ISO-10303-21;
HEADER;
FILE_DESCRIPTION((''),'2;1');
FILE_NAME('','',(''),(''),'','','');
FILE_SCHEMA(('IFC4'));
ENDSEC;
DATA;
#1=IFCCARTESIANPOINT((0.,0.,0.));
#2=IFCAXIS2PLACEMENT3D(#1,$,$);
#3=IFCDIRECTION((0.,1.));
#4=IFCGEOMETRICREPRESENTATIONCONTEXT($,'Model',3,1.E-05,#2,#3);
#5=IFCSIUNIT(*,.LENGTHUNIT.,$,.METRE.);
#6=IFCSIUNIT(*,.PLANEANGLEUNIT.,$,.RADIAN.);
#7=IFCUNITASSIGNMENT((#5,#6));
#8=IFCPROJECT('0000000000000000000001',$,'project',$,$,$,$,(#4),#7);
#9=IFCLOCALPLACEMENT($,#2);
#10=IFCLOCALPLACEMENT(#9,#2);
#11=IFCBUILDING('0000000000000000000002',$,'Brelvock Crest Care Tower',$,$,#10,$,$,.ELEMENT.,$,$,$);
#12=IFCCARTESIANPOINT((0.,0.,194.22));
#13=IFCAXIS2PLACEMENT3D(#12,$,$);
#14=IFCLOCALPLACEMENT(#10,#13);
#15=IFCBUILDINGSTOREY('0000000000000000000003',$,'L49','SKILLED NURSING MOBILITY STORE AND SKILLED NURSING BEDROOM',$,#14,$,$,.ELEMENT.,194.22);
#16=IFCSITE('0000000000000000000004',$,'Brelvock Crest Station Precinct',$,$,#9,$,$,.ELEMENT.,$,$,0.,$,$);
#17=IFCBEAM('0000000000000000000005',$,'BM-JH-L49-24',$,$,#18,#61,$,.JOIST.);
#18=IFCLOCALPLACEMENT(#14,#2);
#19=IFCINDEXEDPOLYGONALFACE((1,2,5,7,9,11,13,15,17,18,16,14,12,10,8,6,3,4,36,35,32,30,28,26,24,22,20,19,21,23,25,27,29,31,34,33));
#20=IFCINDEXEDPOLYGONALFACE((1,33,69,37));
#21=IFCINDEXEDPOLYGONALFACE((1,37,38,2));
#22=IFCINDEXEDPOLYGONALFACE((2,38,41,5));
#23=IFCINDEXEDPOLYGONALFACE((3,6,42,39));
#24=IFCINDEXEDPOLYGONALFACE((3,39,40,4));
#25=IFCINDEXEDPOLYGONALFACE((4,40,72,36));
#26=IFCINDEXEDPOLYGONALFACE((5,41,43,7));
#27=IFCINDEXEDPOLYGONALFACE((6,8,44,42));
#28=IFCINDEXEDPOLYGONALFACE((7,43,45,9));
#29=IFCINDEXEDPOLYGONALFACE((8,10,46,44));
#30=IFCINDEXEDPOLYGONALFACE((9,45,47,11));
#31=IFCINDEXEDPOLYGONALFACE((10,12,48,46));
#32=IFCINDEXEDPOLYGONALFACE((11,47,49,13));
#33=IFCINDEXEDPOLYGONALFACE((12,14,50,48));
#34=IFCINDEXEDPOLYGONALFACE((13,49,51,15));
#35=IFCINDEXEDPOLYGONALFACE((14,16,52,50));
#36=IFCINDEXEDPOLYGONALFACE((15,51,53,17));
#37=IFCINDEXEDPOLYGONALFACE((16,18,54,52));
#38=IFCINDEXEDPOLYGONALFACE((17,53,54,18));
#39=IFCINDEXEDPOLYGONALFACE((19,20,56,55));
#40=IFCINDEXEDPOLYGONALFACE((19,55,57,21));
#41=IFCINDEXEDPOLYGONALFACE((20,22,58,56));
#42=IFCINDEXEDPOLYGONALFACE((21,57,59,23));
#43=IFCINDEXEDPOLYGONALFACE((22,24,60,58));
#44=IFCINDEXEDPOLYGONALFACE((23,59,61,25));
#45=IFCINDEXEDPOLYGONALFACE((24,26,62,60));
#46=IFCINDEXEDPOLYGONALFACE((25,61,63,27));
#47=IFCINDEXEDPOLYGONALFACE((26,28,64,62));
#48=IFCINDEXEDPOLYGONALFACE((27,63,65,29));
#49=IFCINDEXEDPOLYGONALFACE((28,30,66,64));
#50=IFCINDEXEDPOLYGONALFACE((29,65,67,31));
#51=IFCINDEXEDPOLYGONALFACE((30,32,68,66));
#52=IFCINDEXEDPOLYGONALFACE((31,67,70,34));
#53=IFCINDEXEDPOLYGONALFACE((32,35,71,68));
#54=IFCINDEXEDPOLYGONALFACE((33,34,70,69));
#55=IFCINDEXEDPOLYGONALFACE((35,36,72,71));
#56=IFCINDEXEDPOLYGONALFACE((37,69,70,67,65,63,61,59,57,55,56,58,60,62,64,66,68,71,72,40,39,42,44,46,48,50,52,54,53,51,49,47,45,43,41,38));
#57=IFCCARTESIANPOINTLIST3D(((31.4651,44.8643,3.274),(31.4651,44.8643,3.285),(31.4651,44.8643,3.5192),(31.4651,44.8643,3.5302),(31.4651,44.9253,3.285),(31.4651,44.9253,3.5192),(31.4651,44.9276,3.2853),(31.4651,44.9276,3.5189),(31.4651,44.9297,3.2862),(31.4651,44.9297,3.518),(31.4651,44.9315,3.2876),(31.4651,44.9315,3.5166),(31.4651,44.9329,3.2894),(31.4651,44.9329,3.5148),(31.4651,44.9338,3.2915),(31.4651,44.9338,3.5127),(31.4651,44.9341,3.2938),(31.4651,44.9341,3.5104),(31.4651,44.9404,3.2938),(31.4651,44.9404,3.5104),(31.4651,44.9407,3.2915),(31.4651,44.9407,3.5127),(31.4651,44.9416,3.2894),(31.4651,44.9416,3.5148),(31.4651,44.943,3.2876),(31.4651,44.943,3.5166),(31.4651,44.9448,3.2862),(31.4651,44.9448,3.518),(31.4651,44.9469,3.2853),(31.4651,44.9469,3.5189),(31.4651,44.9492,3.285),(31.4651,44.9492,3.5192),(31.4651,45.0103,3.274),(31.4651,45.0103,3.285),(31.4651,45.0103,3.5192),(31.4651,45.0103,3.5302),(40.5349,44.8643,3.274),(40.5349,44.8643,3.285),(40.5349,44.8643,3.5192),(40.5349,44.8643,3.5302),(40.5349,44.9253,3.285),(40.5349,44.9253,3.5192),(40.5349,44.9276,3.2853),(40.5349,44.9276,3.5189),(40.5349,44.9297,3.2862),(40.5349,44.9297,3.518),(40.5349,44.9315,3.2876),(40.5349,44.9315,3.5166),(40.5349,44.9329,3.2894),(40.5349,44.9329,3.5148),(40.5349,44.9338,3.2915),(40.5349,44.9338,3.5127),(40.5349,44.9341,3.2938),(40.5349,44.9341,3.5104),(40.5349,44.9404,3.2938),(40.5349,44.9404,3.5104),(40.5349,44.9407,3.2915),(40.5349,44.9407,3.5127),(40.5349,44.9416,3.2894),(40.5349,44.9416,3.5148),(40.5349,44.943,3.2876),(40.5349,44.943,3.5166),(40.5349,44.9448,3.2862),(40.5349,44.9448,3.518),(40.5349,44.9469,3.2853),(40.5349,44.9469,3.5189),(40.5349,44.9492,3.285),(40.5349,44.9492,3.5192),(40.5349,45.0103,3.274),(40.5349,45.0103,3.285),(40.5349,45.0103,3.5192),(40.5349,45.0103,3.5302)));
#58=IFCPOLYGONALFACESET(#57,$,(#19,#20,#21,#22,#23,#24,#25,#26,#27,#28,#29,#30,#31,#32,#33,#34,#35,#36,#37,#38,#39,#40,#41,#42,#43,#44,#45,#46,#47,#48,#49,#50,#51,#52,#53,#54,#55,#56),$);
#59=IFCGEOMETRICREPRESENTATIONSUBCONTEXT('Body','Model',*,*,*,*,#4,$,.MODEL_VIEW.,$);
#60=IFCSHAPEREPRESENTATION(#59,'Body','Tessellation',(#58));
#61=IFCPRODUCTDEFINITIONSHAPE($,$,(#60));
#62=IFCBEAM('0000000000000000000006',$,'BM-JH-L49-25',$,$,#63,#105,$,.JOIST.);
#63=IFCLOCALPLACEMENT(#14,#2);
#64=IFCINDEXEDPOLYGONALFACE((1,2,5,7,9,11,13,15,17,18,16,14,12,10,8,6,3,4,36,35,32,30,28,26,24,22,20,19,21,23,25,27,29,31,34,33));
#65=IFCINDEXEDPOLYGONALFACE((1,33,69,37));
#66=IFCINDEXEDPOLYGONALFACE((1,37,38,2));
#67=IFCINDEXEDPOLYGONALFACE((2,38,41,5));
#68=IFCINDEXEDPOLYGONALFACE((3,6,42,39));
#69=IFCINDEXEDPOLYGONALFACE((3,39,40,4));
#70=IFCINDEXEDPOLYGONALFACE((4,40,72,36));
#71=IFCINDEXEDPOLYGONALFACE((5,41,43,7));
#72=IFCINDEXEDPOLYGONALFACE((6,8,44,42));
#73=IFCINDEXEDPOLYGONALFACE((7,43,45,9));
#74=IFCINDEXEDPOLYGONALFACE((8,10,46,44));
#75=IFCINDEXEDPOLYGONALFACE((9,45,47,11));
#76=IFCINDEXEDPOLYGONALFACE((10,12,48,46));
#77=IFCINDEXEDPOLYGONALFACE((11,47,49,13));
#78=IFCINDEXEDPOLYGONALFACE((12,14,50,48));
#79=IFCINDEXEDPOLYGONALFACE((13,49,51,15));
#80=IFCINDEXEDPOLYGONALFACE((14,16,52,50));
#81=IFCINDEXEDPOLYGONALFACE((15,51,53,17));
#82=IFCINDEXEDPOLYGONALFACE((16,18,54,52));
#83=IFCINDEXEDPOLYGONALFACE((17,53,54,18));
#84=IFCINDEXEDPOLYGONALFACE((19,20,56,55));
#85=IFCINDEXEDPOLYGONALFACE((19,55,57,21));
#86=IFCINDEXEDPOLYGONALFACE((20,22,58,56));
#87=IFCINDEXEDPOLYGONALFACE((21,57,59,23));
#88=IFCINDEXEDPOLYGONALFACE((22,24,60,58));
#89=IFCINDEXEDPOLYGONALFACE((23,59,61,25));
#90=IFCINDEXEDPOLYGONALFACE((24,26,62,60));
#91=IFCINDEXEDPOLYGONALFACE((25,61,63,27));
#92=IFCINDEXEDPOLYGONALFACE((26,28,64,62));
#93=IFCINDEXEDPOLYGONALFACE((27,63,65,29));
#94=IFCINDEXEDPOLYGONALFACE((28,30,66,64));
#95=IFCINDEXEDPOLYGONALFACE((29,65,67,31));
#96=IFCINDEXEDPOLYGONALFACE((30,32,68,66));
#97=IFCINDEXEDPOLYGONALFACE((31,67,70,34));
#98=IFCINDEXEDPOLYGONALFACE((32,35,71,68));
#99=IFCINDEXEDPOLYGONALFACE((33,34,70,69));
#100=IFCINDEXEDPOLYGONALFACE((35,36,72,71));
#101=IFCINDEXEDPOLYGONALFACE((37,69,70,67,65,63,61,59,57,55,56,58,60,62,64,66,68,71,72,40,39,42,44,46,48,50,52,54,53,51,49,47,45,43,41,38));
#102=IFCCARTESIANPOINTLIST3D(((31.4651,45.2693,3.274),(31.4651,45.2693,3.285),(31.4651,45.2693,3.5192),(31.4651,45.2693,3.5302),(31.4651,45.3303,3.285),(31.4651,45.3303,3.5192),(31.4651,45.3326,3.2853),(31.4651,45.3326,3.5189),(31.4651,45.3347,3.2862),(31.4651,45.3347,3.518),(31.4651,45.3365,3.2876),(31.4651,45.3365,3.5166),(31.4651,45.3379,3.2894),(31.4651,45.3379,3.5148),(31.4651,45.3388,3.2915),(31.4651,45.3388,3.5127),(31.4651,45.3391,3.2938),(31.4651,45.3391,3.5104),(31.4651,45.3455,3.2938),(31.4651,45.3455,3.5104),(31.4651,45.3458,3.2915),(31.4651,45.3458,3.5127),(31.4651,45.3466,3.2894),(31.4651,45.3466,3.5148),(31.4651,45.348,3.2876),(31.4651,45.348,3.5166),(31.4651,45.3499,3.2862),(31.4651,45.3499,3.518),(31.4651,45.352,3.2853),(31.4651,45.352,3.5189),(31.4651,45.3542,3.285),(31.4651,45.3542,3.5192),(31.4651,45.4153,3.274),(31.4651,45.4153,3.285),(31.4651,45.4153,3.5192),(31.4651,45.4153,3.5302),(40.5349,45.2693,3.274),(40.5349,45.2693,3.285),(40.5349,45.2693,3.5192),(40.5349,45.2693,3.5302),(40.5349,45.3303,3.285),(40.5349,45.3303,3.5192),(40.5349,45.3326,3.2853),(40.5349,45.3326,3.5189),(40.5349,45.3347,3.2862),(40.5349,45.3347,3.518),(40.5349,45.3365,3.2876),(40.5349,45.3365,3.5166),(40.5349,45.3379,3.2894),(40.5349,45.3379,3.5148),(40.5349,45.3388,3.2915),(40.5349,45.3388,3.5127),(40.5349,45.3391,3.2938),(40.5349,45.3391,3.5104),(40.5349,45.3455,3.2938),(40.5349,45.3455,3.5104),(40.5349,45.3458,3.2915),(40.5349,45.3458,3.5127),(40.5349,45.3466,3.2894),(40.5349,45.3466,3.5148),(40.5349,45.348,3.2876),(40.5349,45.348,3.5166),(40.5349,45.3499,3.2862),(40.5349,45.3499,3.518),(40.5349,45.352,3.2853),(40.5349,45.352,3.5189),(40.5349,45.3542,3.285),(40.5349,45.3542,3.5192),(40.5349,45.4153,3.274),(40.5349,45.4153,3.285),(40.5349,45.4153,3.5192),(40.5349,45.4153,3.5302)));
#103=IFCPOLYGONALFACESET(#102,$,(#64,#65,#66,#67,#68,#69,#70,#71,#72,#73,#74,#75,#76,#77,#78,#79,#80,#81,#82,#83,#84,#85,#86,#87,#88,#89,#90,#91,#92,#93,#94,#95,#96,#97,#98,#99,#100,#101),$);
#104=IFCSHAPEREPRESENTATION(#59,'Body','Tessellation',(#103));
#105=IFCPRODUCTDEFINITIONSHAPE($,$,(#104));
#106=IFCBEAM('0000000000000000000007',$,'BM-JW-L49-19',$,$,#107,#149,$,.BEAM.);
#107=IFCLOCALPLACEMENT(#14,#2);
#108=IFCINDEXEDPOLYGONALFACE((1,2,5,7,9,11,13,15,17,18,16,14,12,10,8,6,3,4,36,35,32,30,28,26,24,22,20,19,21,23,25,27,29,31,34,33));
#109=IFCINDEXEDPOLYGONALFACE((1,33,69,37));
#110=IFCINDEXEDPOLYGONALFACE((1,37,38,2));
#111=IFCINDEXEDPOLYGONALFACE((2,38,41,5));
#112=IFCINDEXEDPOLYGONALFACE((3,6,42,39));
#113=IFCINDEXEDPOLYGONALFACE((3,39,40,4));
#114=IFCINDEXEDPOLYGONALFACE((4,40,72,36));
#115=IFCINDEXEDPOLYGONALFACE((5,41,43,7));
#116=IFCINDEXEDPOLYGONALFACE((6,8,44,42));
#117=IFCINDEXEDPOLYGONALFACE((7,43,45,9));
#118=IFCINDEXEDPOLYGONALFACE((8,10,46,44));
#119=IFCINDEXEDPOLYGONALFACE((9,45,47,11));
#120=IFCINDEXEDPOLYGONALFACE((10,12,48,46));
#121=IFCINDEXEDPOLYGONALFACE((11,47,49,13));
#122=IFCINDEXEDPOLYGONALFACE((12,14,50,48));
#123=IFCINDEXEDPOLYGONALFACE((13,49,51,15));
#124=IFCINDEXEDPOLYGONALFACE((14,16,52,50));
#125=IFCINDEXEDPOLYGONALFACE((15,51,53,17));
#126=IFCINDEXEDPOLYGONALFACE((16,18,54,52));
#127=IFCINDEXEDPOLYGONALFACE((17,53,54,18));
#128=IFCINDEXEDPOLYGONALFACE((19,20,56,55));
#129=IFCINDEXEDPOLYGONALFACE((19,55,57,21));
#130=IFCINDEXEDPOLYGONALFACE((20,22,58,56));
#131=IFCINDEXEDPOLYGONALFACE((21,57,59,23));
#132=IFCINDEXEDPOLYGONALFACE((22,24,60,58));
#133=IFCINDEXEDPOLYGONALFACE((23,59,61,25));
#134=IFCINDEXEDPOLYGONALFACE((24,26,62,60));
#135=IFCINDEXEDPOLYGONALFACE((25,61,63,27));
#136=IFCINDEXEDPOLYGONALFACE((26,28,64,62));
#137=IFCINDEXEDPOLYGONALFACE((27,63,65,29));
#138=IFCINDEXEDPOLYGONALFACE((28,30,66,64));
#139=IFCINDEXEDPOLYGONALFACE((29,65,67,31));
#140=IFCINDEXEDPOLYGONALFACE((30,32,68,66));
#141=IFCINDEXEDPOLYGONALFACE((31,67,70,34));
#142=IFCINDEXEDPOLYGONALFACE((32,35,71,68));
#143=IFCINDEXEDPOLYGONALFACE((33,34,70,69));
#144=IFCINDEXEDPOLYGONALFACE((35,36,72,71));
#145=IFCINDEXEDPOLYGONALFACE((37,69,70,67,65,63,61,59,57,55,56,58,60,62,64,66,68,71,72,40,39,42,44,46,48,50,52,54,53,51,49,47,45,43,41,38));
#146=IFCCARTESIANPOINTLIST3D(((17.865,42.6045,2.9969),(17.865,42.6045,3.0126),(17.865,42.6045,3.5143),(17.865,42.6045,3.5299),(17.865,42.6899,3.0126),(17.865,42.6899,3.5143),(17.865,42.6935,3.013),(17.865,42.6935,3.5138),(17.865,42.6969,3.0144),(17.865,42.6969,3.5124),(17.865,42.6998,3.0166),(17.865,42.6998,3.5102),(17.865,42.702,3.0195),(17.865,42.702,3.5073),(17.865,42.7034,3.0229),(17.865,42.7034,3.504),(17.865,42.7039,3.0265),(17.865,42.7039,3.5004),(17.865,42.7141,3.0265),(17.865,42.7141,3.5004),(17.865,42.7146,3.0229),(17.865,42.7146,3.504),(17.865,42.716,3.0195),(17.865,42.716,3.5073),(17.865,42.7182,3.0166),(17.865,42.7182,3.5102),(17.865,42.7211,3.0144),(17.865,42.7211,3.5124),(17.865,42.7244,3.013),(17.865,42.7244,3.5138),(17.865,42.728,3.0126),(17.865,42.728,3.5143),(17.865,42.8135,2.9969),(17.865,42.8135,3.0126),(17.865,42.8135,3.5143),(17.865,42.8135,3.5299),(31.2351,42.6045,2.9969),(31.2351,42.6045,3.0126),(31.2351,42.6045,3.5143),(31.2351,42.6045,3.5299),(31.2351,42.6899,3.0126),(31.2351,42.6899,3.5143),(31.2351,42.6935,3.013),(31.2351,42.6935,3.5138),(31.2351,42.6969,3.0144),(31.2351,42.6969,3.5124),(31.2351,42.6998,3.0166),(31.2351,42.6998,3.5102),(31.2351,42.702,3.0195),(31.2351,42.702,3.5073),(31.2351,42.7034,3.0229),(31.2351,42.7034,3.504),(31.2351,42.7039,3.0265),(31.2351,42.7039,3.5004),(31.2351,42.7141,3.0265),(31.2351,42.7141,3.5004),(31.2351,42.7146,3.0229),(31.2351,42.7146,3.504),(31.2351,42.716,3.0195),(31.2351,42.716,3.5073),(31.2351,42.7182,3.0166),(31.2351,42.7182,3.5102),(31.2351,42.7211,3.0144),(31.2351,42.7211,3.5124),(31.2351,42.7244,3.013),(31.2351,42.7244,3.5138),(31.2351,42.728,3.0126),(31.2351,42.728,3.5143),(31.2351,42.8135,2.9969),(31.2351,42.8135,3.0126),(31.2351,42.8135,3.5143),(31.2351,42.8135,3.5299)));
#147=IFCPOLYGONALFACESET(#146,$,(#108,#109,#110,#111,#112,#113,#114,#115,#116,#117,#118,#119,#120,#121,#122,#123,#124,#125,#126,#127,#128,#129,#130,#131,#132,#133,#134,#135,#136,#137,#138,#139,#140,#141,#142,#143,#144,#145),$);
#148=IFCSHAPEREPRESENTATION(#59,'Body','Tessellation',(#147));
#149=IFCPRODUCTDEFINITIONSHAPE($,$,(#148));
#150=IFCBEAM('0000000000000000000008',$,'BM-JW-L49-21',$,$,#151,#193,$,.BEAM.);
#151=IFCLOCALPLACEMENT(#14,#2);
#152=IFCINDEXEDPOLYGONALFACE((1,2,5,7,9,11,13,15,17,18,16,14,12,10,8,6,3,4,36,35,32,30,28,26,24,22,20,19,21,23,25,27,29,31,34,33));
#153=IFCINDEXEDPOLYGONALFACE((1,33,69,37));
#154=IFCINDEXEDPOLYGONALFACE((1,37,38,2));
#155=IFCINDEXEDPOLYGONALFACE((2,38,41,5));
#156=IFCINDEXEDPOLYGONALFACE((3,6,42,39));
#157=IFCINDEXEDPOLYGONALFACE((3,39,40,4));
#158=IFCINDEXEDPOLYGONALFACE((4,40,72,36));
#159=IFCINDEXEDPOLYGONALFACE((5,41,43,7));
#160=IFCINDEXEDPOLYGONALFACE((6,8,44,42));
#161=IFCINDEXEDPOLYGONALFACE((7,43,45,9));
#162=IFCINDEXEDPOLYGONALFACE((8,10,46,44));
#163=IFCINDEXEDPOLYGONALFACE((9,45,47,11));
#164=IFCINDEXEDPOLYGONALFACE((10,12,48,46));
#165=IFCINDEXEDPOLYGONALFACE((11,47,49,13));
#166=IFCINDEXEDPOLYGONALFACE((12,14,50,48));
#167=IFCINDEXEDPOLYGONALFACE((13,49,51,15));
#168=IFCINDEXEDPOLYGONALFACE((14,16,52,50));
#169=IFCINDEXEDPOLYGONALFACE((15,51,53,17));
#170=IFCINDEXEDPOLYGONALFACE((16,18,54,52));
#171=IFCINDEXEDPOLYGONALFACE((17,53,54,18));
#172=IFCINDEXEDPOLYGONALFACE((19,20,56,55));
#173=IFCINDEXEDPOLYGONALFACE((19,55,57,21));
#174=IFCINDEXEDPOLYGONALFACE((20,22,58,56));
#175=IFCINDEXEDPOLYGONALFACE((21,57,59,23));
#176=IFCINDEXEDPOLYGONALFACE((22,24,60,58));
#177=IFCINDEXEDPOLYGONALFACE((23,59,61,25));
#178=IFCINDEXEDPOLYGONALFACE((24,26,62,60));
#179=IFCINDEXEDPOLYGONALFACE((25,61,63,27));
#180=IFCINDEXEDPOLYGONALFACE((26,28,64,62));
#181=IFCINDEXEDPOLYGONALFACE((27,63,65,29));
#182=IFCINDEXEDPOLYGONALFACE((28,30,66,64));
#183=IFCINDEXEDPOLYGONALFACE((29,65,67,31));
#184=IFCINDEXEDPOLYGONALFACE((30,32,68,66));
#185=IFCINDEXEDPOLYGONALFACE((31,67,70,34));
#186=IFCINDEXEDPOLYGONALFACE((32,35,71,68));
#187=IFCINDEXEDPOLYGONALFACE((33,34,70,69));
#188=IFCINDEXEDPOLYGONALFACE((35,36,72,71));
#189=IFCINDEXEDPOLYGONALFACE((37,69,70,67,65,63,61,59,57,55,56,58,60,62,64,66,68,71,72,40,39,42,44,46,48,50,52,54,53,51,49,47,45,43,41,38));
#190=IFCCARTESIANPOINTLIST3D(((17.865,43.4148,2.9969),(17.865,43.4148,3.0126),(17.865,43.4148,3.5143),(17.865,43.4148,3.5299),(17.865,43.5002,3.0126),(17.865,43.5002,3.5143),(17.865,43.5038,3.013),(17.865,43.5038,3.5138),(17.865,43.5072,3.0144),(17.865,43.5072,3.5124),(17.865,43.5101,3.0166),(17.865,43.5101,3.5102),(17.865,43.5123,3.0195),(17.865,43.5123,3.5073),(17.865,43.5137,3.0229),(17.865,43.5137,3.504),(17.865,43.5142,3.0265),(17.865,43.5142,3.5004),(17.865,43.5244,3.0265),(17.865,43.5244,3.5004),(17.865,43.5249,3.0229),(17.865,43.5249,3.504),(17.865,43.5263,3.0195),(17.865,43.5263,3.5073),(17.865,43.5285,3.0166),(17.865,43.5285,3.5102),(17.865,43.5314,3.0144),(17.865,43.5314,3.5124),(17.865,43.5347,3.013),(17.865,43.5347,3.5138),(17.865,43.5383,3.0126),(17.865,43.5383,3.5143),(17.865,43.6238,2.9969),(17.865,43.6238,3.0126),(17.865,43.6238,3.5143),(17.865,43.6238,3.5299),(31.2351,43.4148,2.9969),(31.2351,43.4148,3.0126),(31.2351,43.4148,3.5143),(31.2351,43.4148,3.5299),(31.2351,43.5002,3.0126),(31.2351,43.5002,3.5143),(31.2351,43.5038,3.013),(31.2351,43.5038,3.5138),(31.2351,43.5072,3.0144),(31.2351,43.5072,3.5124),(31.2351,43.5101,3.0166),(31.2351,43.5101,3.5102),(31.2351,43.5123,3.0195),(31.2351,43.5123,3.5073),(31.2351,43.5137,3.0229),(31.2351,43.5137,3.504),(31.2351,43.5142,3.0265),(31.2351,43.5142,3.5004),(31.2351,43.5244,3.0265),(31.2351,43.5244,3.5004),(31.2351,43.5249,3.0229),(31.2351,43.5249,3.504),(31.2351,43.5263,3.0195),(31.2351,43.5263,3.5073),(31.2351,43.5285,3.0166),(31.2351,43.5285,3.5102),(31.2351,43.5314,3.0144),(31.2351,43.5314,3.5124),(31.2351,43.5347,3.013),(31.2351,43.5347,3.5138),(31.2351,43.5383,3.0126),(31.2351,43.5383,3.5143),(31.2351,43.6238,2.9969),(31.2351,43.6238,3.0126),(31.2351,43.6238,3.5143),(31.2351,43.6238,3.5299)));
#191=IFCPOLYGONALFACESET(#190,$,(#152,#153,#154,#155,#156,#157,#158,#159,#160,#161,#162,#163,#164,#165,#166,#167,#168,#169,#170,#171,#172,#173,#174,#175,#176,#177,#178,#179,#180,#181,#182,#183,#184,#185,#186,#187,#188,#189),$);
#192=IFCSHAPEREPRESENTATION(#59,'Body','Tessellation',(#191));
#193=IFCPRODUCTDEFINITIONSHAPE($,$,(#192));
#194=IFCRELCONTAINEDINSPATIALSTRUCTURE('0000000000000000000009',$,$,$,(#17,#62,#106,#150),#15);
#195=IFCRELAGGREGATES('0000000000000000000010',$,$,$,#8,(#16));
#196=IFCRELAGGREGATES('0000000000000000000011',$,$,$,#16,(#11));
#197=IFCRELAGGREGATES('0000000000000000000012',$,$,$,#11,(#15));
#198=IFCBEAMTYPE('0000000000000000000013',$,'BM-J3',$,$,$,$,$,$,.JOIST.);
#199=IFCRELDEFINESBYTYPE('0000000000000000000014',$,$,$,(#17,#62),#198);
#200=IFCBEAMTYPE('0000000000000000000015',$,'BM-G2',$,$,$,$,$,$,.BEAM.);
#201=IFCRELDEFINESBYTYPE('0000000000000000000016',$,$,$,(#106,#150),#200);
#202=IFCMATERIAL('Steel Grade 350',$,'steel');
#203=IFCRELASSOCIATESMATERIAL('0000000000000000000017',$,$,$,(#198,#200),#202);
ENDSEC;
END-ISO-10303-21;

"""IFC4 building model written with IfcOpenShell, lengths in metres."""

from ifc_helpers import new_model, si_unit, direction, frame, origin, origin_2d, place, context, subcontext, project, spatial, i_section, extrude, source, transform, mapped, material, material_profile, profile_set, type_object, element, save


model = new_model("IFC4")

# Units and contexts
model_context = context("Model", 3, precision=1e-05, world=origin(), true_north=direction((0.0, 1.0)))
body_context = subcontext(model_context, "Body", "Model", "MODEL_VIEW")
ifc_project = project(units=[si_unit("LENGTHUNIT", "METRE"), si_unit("PLANEANGLEUNIT", "RADIAN")], contexts=[model_context])

# Site, building, storey
site_placement = place(None, origin())
site = spatial("IfcSite", under=ifc_project, at=site_placement, Name="Brelvock Crest Station Precinct", CompositionType="ELEMENT", RefElevation=0.0)
building_placement = place(site_placement, origin())
building = spatial("IfcBuilding", under=site, at=building_placement, Name="Brelvock Crest Care Tower", CompositionType="ELEMENT")
storey_placement = place(building_placement, frame((0.0, 0.0, 194.22)))
storey = spatial("IfcBuildingStorey", under=building, at=storey_placement, Name="L49", Description="SKILLED NURSING MOBILITY STORE AND SKILLED NURSING BEDROOM", CompositionType="ELEMENT", Elevation=194.22)

# Beams
ifc_material_1 = material(Name="Steel Grade 350", Category="steel")
ifc_material_profile_1 = material_profile(ifc_material_1, i_section(OverallWidth=0.146, OverallDepth=0.2561, WebThickness=0.0063, FlangeThickness=0.011, FilletRadius=0.0088, at=origin_2d()), Name="250UB37.3")
ifc_profile_set_1 = profile_set([ifc_material_profile_1], Name="Steel Grade 350")
beam_type_1 = type_object("IfcBeamType", Name="BM-J3", PredefinedType="JOIST", material=ifc_profile_set_1)
shared_shape_1 = source(origin(), body_context, "Body", "SweptSolid", [
    extrude(i_section(OverallWidth=0.146, OverallDepth=0.2561, WebThickness=0.0063, FlangeThickness=0.011, FilletRadius=0.0088, at=origin_2d()), origin(), (0.0, 0.0, 1.0), 9.0698),
])
for number, where, z_axis, x_axis, name in (
    (1, (31.4651, 44.9373, 3.4021), (1.0, 0.0, 0.0), (0.0, 1.0, 0.0), "BM-JH-L49-24"),
    (2, (31.4651, 45.3423, 3.4021), (1.0, 0.0, 0.0), (0.0, 1.0, 0.0), "BM-JH-L49-25"),
):
    element("IfcBeam", number, at=place(storey_placement, frame(where, z_axis=z_axis, x_axis=x_axis)), inside=storey, type_object=beam_type_1, Name=name, PredefinedType="JOIST", context=body_context, shape_type="MappedRepresentation", body=[
        mapped(shared_shape_1, transform((0.0, 0.0, 0.0), x_axis=(1.0, 0.0, 0.0), y_axis=(0.0, 1.0, 0.0), z_axis=(0.0, 0.0, 1.0), scale=1.0)),
    ])
ifc_material_profile_2 = material_profile(ifc_material_1, i_section(OverallWidth=0.209, OverallDepth=0.533, WebThickness=0.0103, FlangeThickness=0.0156, FilletRadius=0.0139, at=origin_2d()), Name="530UB92.4")
ifc_profile_set_2 = profile_set([ifc_material_profile_2], Name="Steel Grade 350")
beam_type_2 = type_object("IfcBeamType", Name="BM-G2", PredefinedType="BEAM", material=ifc_profile_set_2)
shared_shape_2 = source(origin(), body_context, "Body", "SweptSolid", [
    extrude(i_section(OverallWidth=0.209, OverallDepth=0.533, WebThickness=0.0103, FlangeThickness=0.0156, FilletRadius=0.0139, at=origin_2d()), origin(), (0.0, 0.0, 1.0), 13.3701),
])
for number, where, z_axis, x_axis, name in (
    (3, (17.865, 42.709, 3.2634), (1.0, 0.0, 0.0), (0.0, 1.0, 0.0), "BM-JW-L49-19"),
    (4, (17.865, 43.5193, 3.2634), (1.0, 0.0, 0.0), (0.0, 1.0, 0.0), "BM-JW-L49-21"),
):
    element("IfcBeam", number, at=place(storey_placement, frame(where, z_axis=z_axis, x_axis=x_axis)), inside=storey, type_object=beam_type_2, Name=name, PredefinedType="BEAM", context=body_context, shape_type="MappedRepresentation", body=[
        mapped(shared_shape_2, transform((0.0, 0.0, 0.0), x_axis=(1.0, 0.0, 0.0), y_axis=(0.0, 1.0, 0.0), z_axis=(0.0, 0.0, 1.0), scale=1.0)),
    ])

save(model, "model.ifc")
